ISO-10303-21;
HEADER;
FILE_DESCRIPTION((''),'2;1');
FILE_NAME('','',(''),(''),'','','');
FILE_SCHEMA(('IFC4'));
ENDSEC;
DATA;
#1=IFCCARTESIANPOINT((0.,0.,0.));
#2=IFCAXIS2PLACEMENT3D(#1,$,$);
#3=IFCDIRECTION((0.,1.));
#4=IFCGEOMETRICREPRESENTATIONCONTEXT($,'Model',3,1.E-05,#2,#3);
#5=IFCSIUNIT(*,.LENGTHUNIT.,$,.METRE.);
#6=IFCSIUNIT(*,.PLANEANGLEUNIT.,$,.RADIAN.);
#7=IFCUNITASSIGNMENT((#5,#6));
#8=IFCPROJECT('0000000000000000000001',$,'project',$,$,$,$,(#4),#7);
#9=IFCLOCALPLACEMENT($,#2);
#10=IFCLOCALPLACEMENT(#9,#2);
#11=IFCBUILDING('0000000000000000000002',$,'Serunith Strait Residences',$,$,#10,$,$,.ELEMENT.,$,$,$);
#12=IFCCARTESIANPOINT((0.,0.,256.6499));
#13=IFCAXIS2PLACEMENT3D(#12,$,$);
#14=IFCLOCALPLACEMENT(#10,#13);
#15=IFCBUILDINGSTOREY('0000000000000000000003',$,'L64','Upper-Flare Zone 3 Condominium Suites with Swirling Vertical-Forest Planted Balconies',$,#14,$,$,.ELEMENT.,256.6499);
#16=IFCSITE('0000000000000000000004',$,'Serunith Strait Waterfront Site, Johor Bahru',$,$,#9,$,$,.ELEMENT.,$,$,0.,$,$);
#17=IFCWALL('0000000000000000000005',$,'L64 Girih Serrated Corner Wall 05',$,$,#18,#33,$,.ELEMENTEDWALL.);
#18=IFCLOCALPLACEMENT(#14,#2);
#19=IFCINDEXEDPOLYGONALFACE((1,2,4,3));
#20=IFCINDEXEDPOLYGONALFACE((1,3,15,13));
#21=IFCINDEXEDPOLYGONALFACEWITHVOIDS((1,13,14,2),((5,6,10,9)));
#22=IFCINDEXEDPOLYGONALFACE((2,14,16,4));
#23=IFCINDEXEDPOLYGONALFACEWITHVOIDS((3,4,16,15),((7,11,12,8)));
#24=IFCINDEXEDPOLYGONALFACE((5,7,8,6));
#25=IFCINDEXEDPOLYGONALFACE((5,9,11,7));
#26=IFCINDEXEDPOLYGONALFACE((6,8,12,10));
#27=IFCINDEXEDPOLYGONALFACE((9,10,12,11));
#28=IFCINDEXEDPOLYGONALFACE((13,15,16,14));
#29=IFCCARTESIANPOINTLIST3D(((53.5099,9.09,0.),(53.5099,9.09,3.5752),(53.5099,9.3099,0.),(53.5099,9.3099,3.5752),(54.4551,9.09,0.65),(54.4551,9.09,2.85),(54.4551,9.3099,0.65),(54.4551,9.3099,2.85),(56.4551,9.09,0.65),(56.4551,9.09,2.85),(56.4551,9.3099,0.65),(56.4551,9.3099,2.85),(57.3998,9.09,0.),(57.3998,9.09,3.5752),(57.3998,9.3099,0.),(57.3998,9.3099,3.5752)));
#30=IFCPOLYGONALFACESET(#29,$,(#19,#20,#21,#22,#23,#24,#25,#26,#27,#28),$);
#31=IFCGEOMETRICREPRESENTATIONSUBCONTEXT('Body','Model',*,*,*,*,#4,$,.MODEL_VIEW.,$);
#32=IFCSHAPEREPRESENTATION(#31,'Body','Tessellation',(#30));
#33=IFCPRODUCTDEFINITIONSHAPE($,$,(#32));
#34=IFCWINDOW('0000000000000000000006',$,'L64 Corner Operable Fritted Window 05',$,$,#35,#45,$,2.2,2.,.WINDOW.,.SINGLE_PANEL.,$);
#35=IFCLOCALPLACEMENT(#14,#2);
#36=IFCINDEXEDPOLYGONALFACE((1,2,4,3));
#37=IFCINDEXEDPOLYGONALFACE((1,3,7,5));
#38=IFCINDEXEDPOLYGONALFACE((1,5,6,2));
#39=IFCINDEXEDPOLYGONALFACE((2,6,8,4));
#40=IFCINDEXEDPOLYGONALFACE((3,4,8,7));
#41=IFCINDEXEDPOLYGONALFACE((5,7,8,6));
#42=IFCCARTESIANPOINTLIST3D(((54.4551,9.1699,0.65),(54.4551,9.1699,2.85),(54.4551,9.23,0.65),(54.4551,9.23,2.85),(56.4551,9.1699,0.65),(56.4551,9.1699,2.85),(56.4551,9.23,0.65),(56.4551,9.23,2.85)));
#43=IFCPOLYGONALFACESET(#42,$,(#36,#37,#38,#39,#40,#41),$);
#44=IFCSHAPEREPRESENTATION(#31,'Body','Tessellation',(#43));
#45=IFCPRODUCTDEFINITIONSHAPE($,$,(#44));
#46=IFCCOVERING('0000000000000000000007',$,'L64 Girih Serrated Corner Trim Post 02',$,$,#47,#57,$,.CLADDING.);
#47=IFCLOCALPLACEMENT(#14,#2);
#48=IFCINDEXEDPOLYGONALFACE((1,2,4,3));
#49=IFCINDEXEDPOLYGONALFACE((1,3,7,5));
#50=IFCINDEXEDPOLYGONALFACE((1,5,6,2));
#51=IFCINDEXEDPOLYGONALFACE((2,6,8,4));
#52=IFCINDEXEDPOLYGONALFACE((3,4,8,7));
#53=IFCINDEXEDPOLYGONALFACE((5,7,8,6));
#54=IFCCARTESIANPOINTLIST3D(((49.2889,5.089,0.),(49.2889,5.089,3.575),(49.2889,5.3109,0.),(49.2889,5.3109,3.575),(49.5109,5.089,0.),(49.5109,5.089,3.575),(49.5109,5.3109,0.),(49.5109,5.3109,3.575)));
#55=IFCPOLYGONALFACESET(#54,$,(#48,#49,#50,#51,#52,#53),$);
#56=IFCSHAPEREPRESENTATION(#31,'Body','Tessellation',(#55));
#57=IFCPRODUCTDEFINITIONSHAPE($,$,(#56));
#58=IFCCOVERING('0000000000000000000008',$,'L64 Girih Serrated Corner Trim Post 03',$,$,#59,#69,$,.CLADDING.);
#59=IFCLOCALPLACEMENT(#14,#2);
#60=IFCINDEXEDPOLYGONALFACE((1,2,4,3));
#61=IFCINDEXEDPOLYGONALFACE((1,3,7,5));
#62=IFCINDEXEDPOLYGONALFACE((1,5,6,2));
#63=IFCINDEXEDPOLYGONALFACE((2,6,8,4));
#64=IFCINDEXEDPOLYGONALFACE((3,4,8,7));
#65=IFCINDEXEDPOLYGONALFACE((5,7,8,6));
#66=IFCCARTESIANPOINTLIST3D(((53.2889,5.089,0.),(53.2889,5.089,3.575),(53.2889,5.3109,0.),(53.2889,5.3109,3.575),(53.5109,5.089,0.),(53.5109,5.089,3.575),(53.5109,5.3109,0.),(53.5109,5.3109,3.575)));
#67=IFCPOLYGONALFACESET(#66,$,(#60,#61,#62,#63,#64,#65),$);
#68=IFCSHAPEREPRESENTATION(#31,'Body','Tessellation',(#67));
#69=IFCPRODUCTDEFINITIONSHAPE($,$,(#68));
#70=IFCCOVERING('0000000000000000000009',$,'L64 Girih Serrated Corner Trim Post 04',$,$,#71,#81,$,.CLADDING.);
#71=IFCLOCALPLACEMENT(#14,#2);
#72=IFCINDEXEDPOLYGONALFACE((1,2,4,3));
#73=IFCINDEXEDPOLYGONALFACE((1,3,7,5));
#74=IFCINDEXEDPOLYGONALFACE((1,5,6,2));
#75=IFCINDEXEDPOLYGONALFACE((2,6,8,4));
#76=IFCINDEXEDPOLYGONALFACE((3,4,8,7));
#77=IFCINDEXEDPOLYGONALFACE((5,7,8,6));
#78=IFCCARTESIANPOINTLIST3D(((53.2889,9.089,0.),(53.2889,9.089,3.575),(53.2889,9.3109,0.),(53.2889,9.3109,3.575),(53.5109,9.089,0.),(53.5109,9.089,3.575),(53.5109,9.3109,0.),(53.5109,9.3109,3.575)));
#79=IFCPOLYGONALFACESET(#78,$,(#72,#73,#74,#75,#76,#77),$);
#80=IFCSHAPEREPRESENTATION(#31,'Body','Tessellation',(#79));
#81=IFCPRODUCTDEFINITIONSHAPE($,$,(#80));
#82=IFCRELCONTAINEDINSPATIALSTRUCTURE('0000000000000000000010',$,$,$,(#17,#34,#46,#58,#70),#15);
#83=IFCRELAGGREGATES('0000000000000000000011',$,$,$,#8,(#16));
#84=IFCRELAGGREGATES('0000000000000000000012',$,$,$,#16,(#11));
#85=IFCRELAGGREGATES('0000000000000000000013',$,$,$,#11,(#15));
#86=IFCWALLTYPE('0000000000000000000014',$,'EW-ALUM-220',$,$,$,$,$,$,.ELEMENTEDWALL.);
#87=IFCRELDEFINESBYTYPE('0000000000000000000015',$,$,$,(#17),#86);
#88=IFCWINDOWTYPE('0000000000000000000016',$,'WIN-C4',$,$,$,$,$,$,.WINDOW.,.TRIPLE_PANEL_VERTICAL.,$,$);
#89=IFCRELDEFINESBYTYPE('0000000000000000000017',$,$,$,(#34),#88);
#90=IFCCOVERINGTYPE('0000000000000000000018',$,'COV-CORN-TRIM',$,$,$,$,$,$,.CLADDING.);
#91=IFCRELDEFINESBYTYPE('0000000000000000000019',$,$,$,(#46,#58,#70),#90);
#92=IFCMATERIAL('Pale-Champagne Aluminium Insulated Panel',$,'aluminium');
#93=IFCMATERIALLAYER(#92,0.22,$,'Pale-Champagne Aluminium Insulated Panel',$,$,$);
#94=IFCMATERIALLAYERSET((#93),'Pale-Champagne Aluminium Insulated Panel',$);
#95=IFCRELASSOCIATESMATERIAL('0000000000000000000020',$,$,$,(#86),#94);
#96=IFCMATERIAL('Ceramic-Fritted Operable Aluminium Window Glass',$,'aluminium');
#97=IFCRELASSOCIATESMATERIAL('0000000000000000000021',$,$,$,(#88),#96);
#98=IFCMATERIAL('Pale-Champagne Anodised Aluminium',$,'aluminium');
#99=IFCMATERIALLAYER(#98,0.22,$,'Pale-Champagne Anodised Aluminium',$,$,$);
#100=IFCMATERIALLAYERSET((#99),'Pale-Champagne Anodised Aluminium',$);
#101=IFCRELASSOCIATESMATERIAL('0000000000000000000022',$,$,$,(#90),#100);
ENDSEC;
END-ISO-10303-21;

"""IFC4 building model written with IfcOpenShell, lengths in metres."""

from ifc_helpers import new_model, si_unit, direction, frame, frame_2d, origin, origin_2d, place, context, subcontext, project, spatial, rectangle, extrude, source, transform, mapped, material, layer, layer_set, type_object, element, fill, save


model = new_model("IFC4")

# Units and contexts
model_context = context("Model", 3, precision=1e-05, world=origin(), true_north=direction((0.0, 1.0)))
body_context = subcontext(model_context, "Body", "Model", "MODEL_VIEW")
ifc_project = project(units=[si_unit("LENGTHUNIT", "METRE"), si_unit("PLANEANGLEUNIT", "RADIAN")], contexts=[model_context])

# Site, building, storey
site_placement = place(None, origin())
site = spatial("IfcSite", under=ifc_project, at=site_placement, Name="Serunith Strait Waterfront Site, Johor Bahru", CompositionType="ELEMENT", RefElevation=0.0)
building_placement = place(site_placement, origin())
building = spatial("IfcBuilding", under=site, at=building_placement, Name="Serunith Strait Residences", CompositionType="ELEMENT")
storey_placement = place(building_placement, frame((0.0, 0.0, 256.6499)))
storey = spatial("IfcBuildingStorey", under=building, at=storey_placement, Name="L64", Description="Upper-Flare Zone 3 Condominium Suites with Swirling Vertical-Forest Planted Balconies", CompositionType="ELEMENT", Elevation=256.6499)

# Shared definitions
ifc_material_1 = material(Name="Pale-Champagne Anodised Aluminium", Category="aluminium")

# Wall, opening, window
ifc_material_2 = material(Name="Pale-Champagne Aluminium Insulated Panel", Category="aluminium")
ifc_layer_1 = layer(ifc_material_2, 0.22, Name="Pale-Champagne Aluminium Insulated Panel")
ifc_layer_set_1 = layer_set([ifc_layer_1], Name="Pale-Champagne Aluminium Insulated Panel")
wall_type = type_object("IfcWallType", Name="EW-ALUM-220", PredefinedType="ELEMENTEDWALL", material=ifc_layer_set_1)
ifc_material_3 = material(Name="Ceramic-Fritted Operable Aluminium Window Glass", Category="aluminium")
window_type = type_object("IfcWindowType", Name="WIN-C4", PartitioningType="TRIPLE_PANEL_VERTICAL", PredefinedType="WINDOW", material=ifc_material_3)
shared_shape_1 = source(origin(), body_context, "Body", "SweptSolid", [
    extrude(rectangle(XDim=2.0, YDim=2.2, at=frame_2d((1.0, 1.1001))), frame((0.0, 0.03, 0.0), z_axis=(0.0, -1.0, 0.0), x_axis=(1.0, 0.0, 0.0)), (0.0, 0.0, 1.0), 0.0601),
])
wall_1_placement = place(storey_placement, frame((53.51, 9.2, 0.0), z_axis=(0.0, 0.0, 1.0), x_axis=(1.0, 0.0, 0.0)))
wall_1 = element("IfcWall", 1, at=wall_1_placement, inside=storey, type_object=wall_type, Name="L64 Girih Serrated Corner Wall 05", PredefinedType="ELEMENTEDWALL", context=body_context, shape_type="SweptSolid", body=[
    extrude(rectangle(XDim=3.8899, YDim=0.22, at=frame_2d((1.9448, 0.0))), origin(), (0.0, 0.0, 1.0), 3.5752),
])
opening_1_placement = place(wall_1_placement, frame((0.9451, 0.0, 0.6499)))
opening_1 = element("IfcOpeningElement", 2, at=opening_1_placement, cuts=wall_1, PredefinedType="OPENING", context=body_context, shape_type="SweptSolid", body=[
    extrude(rectangle(XDim=2.0, YDim=2.2, at=frame_2d((1.0, 1.1001))), frame((0.0, 0.1201, 0.0), z_axis=(0.0, -1.0, 0.0), x_axis=(1.0, 0.0, 0.0)), (0.0, 0.0, 1.0), 0.24),
])
window_1_placement = place(opening_1_placement, origin())
window_1 = element("IfcWindow", 3, at=window_1_placement, inside=storey, type_object=window_type, Name="L64 Corner Operable Fritted Window 05", OverallHeight=2.2, OverallWidth=2.0, PartitioningType="SINGLE_PANEL", PredefinedType="WINDOW", context=body_context, shape_type="MappedRepresentation", body=[
    mapped(shared_shape_1, transform((0.0, 0.0, 0.0), scale=1.0)),
])
fill(opening_1, window_1)

# Coverings
ifc_layer_2 = layer(ifc_material_1, 0.22, Name="Pale-Champagne Anodised Aluminium")
ifc_layer_set_2 = layer_set([ifc_layer_2], Name="Pale-Champagne Anodised Aluminium")
covering_type = type_object("IfcCoveringType", Name="COV-CORN-TRIM", PredefinedType="CLADDING", material=ifc_layer_set_2)
shared_shape_2 = source(origin(), body_context, "Body", "SweptSolid", [
    extrude(rectangle(XDim=0.2219, YDim=0.2219, at=origin_2d()), origin(), (0.0, 0.0, 1.0), 3.575),
])
for number, where, z_axis, x_axis, name in (
    (4, (49.3999, 5.2, 0.0), (0.0, 0.0, 1.0), (1.0, 0.0, 0.0), "L64 Girih Serrated Corner Trim Post 02"),
    (5, (53.3999, 5.2, 0.0), (0.0, 0.0, 1.0), (1.0, 0.0, 0.0), "L64 Girih Serrated Corner Trim Post 03"),
    (6, (53.3999, 9.2, 0.0), (0.0, 0.0, 1.0), (1.0, 0.0, 0.0), "L64 Girih Serrated Corner Trim Post 04"),
):
    element("IfcCovering", number, at=place(storey_placement, frame(where, z_axis=z_axis, x_axis=x_axis)), inside=storey, type_object=covering_type, Name=name, PredefinedType="CLADDING", context=body_context, shape_type="MappedRepresentation", body=[
        mapped(shared_shape_2, transform((0.0, 0.0, 0.0), scale=1.0)),
    ])

save(model, "model.ifc")
